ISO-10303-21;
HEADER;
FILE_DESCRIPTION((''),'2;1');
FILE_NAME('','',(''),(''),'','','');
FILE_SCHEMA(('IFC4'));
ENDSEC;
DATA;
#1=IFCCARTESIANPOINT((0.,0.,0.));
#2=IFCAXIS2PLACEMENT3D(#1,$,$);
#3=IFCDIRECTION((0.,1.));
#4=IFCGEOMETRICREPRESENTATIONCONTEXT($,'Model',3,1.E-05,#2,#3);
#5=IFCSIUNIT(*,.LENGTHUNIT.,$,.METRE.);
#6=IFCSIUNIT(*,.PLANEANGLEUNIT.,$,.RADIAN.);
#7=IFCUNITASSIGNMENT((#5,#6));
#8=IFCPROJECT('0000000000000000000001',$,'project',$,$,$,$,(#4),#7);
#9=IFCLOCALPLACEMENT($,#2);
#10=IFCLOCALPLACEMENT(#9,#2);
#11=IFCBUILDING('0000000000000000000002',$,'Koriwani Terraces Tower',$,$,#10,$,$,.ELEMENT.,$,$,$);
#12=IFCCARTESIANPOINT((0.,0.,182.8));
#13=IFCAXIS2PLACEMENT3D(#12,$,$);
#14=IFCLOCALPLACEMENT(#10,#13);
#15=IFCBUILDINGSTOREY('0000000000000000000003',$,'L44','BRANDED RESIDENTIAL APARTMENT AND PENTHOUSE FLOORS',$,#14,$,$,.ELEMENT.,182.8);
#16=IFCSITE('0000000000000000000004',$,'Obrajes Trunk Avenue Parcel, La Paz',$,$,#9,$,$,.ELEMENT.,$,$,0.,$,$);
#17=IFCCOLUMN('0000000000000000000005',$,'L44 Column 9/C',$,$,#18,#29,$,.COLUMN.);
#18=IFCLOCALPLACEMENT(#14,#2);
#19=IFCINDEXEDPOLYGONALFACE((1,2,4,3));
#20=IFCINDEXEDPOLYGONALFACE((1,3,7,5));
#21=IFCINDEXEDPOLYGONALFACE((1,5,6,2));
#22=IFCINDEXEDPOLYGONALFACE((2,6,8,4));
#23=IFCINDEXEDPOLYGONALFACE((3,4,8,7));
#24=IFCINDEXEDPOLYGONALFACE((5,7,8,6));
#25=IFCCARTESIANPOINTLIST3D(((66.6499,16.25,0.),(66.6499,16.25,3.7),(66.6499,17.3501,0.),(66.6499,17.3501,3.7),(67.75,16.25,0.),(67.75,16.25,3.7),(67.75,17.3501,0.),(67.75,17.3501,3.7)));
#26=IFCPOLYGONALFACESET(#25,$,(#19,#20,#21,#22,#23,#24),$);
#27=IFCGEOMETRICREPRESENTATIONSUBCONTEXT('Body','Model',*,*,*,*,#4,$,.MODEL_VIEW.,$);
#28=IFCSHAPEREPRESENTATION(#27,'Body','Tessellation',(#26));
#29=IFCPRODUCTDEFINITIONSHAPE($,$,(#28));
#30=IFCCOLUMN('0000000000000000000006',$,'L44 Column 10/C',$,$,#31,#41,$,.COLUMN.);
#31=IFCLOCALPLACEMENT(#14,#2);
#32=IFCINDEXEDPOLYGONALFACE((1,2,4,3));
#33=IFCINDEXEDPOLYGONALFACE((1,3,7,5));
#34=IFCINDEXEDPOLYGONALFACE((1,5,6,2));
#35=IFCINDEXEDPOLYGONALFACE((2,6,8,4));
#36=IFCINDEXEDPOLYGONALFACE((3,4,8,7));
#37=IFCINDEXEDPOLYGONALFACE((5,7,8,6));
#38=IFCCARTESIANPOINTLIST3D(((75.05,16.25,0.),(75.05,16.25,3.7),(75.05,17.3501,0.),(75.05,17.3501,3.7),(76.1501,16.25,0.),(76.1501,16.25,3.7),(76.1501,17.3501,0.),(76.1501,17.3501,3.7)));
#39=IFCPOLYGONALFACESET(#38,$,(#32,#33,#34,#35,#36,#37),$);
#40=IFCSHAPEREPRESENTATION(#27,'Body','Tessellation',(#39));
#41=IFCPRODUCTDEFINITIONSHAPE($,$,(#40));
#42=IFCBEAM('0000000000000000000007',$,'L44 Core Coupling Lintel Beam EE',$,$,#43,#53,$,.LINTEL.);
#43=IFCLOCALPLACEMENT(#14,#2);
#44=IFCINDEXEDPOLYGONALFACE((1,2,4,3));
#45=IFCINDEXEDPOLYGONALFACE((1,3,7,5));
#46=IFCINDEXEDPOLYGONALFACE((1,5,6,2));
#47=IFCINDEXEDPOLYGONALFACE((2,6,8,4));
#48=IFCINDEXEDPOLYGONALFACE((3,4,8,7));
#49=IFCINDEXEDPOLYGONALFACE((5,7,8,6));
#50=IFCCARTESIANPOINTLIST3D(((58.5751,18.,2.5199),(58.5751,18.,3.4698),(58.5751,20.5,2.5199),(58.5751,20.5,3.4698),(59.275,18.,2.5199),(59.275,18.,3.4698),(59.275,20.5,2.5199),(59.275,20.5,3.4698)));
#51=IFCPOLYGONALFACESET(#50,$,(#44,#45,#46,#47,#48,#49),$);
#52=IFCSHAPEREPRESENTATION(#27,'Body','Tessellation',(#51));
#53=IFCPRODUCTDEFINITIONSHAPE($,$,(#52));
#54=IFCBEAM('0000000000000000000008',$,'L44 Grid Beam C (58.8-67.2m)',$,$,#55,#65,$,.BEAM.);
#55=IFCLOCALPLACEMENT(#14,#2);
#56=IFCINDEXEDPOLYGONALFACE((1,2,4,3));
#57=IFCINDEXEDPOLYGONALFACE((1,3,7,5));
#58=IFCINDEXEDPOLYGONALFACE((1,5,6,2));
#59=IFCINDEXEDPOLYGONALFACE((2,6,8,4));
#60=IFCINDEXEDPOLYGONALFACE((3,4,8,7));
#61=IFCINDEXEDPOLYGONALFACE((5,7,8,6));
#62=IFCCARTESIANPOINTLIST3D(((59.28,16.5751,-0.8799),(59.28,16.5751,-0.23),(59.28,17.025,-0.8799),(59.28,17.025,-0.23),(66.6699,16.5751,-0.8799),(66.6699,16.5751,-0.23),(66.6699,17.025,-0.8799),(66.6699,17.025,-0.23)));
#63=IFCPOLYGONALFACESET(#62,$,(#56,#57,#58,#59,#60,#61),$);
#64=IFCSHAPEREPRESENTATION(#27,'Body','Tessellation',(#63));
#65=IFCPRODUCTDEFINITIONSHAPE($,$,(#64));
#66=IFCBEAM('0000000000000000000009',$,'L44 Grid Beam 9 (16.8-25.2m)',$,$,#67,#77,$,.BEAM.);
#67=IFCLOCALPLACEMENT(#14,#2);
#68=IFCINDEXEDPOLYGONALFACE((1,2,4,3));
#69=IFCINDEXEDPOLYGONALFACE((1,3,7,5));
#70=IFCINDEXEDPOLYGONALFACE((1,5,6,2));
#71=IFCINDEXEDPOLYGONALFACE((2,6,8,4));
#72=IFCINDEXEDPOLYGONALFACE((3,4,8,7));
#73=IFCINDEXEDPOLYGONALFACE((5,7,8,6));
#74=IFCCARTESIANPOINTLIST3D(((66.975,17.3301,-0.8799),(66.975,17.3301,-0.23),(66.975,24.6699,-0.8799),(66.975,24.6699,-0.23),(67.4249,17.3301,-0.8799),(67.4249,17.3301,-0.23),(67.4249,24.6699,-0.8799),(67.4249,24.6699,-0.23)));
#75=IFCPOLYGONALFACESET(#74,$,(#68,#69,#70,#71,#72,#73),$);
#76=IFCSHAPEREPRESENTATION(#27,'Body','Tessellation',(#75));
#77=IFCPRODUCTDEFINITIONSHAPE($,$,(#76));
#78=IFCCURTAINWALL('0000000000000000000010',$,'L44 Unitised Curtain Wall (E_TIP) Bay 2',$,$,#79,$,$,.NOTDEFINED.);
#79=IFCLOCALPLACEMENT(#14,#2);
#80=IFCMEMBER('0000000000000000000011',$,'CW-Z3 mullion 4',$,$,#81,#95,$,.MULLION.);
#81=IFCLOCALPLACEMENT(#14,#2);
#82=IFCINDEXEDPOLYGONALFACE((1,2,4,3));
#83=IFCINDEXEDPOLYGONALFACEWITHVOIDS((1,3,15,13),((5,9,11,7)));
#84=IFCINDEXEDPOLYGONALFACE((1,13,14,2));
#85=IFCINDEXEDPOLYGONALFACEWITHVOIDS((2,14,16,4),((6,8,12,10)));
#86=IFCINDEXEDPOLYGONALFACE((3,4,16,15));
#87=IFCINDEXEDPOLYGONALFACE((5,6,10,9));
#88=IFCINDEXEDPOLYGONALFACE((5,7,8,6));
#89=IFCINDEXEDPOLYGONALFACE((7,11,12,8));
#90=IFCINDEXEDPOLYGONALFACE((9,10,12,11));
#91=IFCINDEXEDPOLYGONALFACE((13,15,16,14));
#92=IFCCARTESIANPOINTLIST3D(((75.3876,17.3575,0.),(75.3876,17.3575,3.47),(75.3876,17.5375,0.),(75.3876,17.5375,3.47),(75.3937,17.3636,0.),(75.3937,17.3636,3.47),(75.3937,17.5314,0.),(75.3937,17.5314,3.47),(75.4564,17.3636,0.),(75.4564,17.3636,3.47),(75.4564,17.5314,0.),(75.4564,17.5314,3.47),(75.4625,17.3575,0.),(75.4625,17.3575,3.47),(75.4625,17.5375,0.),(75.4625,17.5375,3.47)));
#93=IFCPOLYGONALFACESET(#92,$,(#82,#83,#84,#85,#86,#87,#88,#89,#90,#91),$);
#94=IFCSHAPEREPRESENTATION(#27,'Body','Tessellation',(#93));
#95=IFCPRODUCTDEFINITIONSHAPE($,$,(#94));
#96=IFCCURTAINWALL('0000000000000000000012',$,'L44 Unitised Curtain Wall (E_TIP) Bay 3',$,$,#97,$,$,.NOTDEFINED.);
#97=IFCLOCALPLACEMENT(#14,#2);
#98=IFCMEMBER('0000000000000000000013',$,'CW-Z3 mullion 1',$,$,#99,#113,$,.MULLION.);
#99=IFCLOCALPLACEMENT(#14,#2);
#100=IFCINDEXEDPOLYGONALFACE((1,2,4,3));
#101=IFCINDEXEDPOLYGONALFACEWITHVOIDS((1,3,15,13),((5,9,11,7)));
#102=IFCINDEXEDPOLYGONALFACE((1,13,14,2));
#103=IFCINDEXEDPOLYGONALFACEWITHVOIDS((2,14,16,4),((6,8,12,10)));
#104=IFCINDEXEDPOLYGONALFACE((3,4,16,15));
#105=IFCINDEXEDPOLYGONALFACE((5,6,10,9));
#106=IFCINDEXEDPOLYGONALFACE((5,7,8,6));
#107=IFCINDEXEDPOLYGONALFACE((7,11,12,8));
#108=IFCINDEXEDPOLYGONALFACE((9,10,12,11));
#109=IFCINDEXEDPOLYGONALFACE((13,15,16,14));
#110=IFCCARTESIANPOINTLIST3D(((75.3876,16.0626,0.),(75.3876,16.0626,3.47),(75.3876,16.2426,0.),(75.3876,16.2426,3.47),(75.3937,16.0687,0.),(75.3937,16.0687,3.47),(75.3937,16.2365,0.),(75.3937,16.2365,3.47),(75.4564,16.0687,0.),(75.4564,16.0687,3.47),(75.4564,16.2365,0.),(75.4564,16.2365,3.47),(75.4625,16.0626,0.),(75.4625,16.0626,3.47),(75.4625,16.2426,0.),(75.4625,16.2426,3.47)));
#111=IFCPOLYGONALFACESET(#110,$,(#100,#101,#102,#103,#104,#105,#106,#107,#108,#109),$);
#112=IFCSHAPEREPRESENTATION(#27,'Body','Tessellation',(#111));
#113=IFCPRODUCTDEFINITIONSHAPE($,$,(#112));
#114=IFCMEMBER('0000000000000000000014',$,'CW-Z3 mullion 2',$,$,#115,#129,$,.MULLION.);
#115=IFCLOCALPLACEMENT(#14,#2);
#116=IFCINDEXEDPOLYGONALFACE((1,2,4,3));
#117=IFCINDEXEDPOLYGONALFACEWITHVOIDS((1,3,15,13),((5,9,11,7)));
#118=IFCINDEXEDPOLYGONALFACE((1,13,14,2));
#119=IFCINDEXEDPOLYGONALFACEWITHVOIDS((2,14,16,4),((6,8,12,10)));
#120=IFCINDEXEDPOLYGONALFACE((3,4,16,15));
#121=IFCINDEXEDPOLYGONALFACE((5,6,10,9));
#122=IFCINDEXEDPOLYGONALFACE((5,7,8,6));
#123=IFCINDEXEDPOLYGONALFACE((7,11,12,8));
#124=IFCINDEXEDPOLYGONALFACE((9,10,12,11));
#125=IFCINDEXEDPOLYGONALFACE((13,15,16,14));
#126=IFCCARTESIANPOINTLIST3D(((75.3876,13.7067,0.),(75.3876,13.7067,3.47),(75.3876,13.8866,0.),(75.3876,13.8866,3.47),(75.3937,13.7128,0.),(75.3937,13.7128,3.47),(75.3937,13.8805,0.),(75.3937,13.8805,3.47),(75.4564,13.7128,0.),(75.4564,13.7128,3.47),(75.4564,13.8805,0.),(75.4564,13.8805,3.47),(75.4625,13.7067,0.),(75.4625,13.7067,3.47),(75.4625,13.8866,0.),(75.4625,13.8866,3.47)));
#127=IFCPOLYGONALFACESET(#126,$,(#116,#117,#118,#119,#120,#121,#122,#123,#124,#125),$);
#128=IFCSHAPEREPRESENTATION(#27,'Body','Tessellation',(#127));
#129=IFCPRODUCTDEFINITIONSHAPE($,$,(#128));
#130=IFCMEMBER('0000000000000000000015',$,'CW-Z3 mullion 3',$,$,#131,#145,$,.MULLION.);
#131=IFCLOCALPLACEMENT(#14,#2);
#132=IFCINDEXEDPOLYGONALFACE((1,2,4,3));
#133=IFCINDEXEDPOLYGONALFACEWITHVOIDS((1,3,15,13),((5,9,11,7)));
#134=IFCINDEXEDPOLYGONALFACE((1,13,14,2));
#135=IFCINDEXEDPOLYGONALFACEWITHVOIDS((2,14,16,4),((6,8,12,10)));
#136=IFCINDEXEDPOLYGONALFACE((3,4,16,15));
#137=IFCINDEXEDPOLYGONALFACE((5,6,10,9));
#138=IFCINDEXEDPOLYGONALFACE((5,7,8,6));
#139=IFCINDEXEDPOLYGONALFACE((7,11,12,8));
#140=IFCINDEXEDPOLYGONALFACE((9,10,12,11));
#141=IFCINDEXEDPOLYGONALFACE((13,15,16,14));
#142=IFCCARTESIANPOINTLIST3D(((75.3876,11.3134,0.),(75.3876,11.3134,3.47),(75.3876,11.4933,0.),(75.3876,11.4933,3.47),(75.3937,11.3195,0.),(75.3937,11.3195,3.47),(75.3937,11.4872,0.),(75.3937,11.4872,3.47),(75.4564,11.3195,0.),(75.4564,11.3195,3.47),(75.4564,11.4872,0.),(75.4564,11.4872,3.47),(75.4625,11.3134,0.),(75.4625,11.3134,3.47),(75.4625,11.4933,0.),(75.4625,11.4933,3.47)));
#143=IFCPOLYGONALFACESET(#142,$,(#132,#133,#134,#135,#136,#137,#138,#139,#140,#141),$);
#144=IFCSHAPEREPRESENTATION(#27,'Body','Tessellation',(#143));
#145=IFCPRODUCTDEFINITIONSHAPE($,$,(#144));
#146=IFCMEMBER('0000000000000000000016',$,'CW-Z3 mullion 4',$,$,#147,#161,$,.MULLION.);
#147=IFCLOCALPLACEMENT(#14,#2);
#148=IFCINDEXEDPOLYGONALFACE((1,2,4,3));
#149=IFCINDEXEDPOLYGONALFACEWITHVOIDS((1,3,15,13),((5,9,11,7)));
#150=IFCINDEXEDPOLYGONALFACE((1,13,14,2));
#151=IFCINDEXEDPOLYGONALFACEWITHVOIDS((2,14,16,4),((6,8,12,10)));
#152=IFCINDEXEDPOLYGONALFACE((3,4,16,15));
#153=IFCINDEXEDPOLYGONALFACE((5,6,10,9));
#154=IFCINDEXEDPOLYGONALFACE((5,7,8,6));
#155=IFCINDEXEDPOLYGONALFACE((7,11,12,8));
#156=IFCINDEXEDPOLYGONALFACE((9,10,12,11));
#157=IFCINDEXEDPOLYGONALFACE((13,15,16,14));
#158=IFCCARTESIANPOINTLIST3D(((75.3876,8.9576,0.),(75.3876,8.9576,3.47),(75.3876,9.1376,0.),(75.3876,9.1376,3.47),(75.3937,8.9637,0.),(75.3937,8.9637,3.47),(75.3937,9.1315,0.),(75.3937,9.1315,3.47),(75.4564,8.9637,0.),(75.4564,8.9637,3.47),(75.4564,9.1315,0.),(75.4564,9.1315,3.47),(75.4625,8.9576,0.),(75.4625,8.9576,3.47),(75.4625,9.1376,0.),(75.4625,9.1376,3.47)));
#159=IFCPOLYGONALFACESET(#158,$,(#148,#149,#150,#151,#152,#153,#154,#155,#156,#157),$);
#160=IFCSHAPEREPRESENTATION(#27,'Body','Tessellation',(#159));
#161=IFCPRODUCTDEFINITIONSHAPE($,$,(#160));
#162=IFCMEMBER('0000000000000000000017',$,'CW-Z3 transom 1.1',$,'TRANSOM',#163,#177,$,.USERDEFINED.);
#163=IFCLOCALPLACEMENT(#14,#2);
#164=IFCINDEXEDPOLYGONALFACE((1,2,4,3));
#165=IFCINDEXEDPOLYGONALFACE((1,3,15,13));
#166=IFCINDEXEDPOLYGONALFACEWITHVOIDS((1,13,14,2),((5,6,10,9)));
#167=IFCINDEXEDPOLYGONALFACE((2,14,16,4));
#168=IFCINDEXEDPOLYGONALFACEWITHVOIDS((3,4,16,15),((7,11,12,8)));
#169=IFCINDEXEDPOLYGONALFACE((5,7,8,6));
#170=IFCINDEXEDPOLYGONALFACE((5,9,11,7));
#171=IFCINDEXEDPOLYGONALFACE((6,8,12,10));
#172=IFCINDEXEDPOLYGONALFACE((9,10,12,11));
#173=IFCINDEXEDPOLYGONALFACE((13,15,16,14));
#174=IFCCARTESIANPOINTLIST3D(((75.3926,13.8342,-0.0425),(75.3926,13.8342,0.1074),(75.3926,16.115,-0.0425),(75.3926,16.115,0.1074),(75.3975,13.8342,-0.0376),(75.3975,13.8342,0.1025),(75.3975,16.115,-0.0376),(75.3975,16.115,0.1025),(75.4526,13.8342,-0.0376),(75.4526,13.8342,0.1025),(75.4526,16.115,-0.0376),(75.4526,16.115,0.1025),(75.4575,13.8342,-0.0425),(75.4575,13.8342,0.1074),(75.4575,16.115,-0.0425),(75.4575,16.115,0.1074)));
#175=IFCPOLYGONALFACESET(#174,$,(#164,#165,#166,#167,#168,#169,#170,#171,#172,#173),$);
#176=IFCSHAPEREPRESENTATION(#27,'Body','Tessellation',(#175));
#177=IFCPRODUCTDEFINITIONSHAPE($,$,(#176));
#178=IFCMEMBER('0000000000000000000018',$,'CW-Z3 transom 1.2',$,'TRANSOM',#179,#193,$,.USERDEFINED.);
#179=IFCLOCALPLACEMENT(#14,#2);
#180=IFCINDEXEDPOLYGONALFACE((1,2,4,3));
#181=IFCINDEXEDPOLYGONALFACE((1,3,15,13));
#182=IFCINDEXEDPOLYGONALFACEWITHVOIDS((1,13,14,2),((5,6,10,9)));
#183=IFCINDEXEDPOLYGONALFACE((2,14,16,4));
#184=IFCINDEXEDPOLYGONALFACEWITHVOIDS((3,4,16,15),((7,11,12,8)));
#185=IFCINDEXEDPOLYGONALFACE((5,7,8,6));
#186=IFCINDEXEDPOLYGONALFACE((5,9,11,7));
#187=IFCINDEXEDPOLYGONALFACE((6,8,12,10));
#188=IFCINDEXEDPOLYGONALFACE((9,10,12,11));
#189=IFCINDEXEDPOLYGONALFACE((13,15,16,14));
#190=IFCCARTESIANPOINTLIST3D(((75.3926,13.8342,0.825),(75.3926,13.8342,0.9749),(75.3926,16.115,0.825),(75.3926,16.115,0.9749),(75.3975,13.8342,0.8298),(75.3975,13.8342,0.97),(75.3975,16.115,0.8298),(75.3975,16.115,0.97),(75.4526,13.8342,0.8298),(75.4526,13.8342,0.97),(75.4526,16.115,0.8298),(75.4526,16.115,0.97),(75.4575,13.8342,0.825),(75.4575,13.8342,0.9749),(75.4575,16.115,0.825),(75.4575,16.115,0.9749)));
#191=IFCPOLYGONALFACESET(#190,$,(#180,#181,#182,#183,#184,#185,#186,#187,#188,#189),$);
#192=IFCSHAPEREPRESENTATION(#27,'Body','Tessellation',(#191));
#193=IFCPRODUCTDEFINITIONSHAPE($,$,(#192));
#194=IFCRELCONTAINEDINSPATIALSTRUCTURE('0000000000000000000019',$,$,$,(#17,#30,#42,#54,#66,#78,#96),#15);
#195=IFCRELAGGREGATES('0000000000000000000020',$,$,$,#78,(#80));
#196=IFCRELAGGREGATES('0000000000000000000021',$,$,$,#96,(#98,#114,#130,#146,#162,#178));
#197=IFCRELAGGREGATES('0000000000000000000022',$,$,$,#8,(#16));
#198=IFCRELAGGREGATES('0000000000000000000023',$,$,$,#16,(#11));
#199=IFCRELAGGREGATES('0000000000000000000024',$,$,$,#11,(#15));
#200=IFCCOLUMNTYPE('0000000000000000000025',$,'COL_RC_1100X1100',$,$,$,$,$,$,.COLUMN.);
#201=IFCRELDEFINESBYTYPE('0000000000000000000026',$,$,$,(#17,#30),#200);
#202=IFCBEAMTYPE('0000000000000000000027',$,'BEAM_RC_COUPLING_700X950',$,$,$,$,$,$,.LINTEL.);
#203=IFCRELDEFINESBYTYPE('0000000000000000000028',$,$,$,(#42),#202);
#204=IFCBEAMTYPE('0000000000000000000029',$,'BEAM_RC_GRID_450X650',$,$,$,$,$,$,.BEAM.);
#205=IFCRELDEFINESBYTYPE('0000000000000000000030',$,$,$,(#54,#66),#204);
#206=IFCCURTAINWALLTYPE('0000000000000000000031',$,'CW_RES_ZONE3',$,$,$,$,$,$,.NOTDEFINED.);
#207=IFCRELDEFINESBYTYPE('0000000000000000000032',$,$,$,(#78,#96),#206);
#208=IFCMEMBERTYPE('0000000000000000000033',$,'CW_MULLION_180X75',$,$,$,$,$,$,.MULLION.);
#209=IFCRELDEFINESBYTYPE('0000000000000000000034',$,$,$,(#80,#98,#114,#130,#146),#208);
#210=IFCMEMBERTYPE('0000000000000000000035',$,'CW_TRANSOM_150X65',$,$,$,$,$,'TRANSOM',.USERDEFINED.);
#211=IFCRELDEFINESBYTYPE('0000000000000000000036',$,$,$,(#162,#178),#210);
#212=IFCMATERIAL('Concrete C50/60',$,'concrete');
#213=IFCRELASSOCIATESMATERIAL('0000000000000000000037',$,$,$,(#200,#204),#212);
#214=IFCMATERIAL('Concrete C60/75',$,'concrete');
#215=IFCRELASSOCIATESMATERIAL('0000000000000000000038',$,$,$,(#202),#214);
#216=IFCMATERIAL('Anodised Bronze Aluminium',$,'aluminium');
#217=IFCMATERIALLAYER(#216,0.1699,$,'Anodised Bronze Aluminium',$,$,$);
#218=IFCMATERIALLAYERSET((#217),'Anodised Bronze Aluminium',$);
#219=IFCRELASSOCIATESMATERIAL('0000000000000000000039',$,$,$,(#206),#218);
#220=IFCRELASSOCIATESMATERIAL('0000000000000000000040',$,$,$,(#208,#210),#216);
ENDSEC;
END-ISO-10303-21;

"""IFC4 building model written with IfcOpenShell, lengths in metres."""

from ifc_helpers import new_model, si_unit, direction, frame, origin, origin_2d, place, context, subcontext, project, spatial, rectangle, hollow_rectangle, extrude, material, layer, layer_set, material_profile, profile_set, type_object, element, aggregate, save


model = new_model("IFC4")

# Units and contexts
model_context = context("Model", 3, precision=1e-05, world=origin(), true_north=direction((0.0, 1.0)))
body_context = subcontext(model_context, "Body", "Model", "MODEL_VIEW")
ifc_project = project(units=[si_unit("LENGTHUNIT", "METRE"), si_unit("PLANEANGLEUNIT", "RADIAN")], contexts=[model_context])

# Site, building, storey
site_placement = place(None, origin())
site = spatial("IfcSite", under=ifc_project, at=site_placement, Name="Obrajes Trunk Avenue Parcel, La Paz", CompositionType="ELEMENT", RefElevation=0.0)
building_placement = place(site_placement, origin())
building = spatial("IfcBuilding", under=site, at=building_placement, Name="Koriwani Terraces Tower", CompositionType="ELEMENT")
storey_placement = place(building_placement, frame((0.0, 0.0, 182.8)))
storey = spatial("IfcBuildingStorey", under=building, at=storey_placement, Name="L44", Description="BRANDED RESIDENTIAL APARTMENT AND PENTHOUSE FLOORS", CompositionType="ELEMENT", Elevation=182.8)

# Columns
ifc_material_1 = material(Name="Concrete C50/60", Category="concrete")
ifc_material_profile_1 = material_profile(ifc_material_1, rectangle(XDim=1.1001, YDim=1.1001, at=origin_2d()), Name="Concrete C50/60", Category="LoadBearing")
ifc_profile_set_1 = profile_set([ifc_material_profile_1], Name="Concrete C50/60")
column_type = type_object("IfcColumnType", Name="COL_RC_1100X1100", PredefinedType="COLUMN", material=ifc_profile_set_1)
for number, where, z_axis, x_axis, name in (
    (1, (67.2, 16.8, 0.0), (0.0, 0.0, 1.0), (1.0, 0.0, 0.0), "L44 Column 9/C"),
    (2, (75.6001, 16.8, 0.0), (0.0, 0.0, 1.0), (1.0, 0.0, 0.0), "L44 Column 10/C"),
):
    element("IfcColumn", number, at=place(storey_placement, frame(where, z_axis=z_axis, x_axis=x_axis)), inside=storey, type_object=column_type, Name=name, PredefinedType="COLUMN", context=body_context, shape_type="SweptSolid", body=[
        extrude(rectangle(XDim=1.1001, YDim=1.1001, at=origin_2d()), origin(), (0.0, 0.0, 1.0), 3.7),
    ])

# Beams
ifc_material_2 = material(Name="Concrete C60/75", Category="concrete")
ifc_material_profile_2 = material_profile(ifc_material_2, rectangle(XDim=0.7, YDim=0.95, at=origin_2d()), Name="Concrete C60/75", Category="LoadBearing")
ifc_profile_set_2 = profile_set([ifc_material_profile_2], Name="Concrete C60/75")
beam_type_1 = type_object("IfcBeamType", Name="BEAM_RC_COUPLING_700X950", PredefinedType="LINTEL", material=ifc_profile_set_2)
beam_1_placement = place(storey_placement, frame((58.925, 18.0, 2.9949), z_axis=(0.0, 1.0, 0.0), x_axis=(-1.0, 0.0, 0.0)))
element("IfcBeam", 3, at=beam_1_placement, inside=storey, type_object=beam_type_1, Name="L44 Core Coupling Lintel Beam EE", PredefinedType="LINTEL", context=body_context, shape_type="SweptSolid", body=[
    extrude(rectangle(XDim=0.7, YDim=0.95, at=origin_2d()), origin(), (0.0, 0.0, 1.0), 2.5),
])
ifc_material_profile_3 = material_profile(ifc_material_1, rectangle(XDim=0.45, YDim=0.6499, at=origin_2d()), Name="Concrete C50/60", Category="LoadBearing")
ifc_profile_set_3 = profile_set([ifc_material_profile_3], Name="Concrete C50/60")
beam_type_2 = type_object("IfcBeamType", Name="BEAM_RC_GRID_450X650", PredefinedType="BEAM", material=ifc_profile_set_3)
beam_2_placement = place(storey_placement, frame((59.28, 16.8, -0.5549), z_axis=(1.0, 0.0, 0.0), x_axis=(0.0, 1.0, 0.0)))
element("IfcBeam", 4, at=beam_2_placement, inside=storey, type_object=beam_type_2, Name="L44 Grid Beam C (58.8-67.2m)", PredefinedType="BEAM", context=body_context, shape_type="SweptSolid", body=[
    extrude(rectangle(XDim=0.45, YDim=0.6499, at=origin_2d()), origin(), (0.0, 0.0, 1.0), 7.3899),
])
beam_3_placement = place(storey_placement, frame((67.2, 17.3301, -0.5549), z_axis=(0.0, 1.0, 0.0), x_axis=(-1.0, 0.0, 0.0)))
element("IfcBeam", 5, at=beam_3_placement, inside=storey, type_object=beam_type_2, Name="L44 Grid Beam 9 (16.8-25.2m)", PredefinedType="BEAM", context=body_context, shape_type="SweptSolid", body=[
    extrude(rectangle(XDim=0.45, YDim=0.6499, at=origin_2d()), origin(), (0.0, 0.0, 1.0), 7.3398),
])

# Curtain wall, member
ifc_material_3 = material(Name="Anodised Bronze Aluminium", Category="aluminium")
ifc_layer_1 = layer(ifc_material_3, 0.1699, Name="Anodised Bronze Aluminium")
ifc_layer_set_1 = layer_set([ifc_layer_1], Name="Anodised Bronze Aluminium")
curtain_wall_type = type_object("IfcCurtainWallType", Name="CW_RES_ZONE3", PredefinedType="NOTDEFINED", material=ifc_layer_set_1)
curtain_wall_1_placement = place(storey_placement, origin())
curtain_wall_1 = element("IfcCurtainWall", 6, at=curtain_wall_1_placement, inside=storey, type_object=curtain_wall_type, Name="L44 Unitised Curtain Wall (E_TIP) Bay 2", PredefinedType="NOTDEFINED")
ifc_material_profile_4 = material_profile(ifc_material_3, hollow_rectangle(XDim=0.075, YDim=0.1799, WallThickness=0.0061, at=origin_2d()), Name="Anodised Bronze Aluminium", Category="LoadBearing")
ifc_profile_set_4 = profile_set([ifc_material_profile_4], Name="Anodised Bronze Aluminium")
member_type_1 = type_object("IfcMemberType", Name="CW_MULLION_180X75", PredefinedType="MULLION", material=ifc_profile_set_4)
member_1_placement = place(storey_placement, frame((75.425, 17.4475, 0.0), z_axis=(0.0, 0.0, 1.0), x_axis=(1.0, 0.0, 0.0)))
member_1 = element("IfcMember", 7, at=member_1_placement, type_object=member_type_1, Name="CW-Z3 mullion 4", PredefinedType="MULLION", context=body_context, shape_type="SweptSolid", body=[
    extrude(hollow_rectangle(XDim=0.075, YDim=0.1799, WallThickness=0.0061, at=origin_2d()), origin(), (0.0, 0.0, 1.0), 3.47),
])

# Curtain wall, members
curtain_wall_2_placement = place(storey_placement, origin())
curtain_wall_2 = element("IfcCurtainWall", 8, at=curtain_wall_2_placement, inside=storey, type_object=curtain_wall_type, Name="L44 Unitised Curtain Wall (E_TIP) Bay 3", PredefinedType="NOTDEFINED")
member_2_placement = place(storey_placement, frame((75.425, 16.1526, 0.0), z_axis=(0.0, 0.0, 1.0), x_axis=(1.0, 0.0, 0.0)))
member_2 = element("IfcMember", 9, at=member_2_placement, type_object=member_type_1, Name="CW-Z3 mullion 1", PredefinedType="MULLION", context=body_context, shape_type="SweptSolid", body=[
    extrude(hollow_rectangle(XDim=0.075, YDim=0.1799, WallThickness=0.0061, at=origin_2d()), origin(), (0.0, 0.0, 1.0), 3.47),
])
member_3_placement = place(storey_placement, frame((75.425, 13.7966, 0.0), z_axis=(0.0, 0.0, 1.0), x_axis=(1.0, 0.0, 0.0)))
member_3 = element("IfcMember", 10, at=member_3_placement, type_object=member_type_1, Name="CW-Z3 mullion 2", PredefinedType="MULLION", context=body_context, shape_type="SweptSolid", body=[
    extrude(hollow_rectangle(XDim=0.075, YDim=0.1799, WallThickness=0.0061, at=origin_2d()), origin(), (0.0, 0.0, 1.0), 3.47),
])
member_4_placement = place(storey_placement, frame((75.425, 11.4033, 0.0), z_axis=(0.0, 0.0, 1.0), x_axis=(1.0, 0.0, 0.0)))
member_4 = element("IfcMember", 11, at=member_4_placement, type_object=member_type_1, Name="CW-Z3 mullion 3", PredefinedType="MULLION", context=body_context, shape_type="SweptSolid", body=[
    extrude(hollow_rectangle(XDim=0.075, YDim=0.1799, WallThickness=0.0061, at=origin_2d()), origin(), (0.0, 0.0, 1.0), 3.47),
])
member_5_placement = place(storey_placement, frame((75.425, 9.0476, 0.0), z_axis=(0.0, 0.0, 1.0), x_axis=(1.0, 0.0, 0.0)))
member_5 = element("IfcMember", 12, at=member_5_placement, type_object=member_type_1, Name="CW-Z3 mullion 4", PredefinedType="MULLION", context=body_context, shape_type="SweptSolid", body=[
    extrude(hollow_rectangle(XDim=0.075, YDim=0.1799, WallThickness=0.0061, at=origin_2d()), origin(), (0.0, 0.0, 1.0), 3.47),
])
ifc_material_profile_5 = material_profile(ifc_material_3, hollow_rectangle(XDim=0.0649, YDim=0.1499, WallThickness=0.0049, at=origin_2d()), Name="Anodised Bronze Aluminium", Category="LoadBearing")
ifc_profile_set_5 = profile_set([ifc_material_profile_5], Name="Anodised Bronze Aluminium")
member_type_2 = type_object("IfcMemberType", Name="CW_TRANSOM_150X65", ElementType="TRANSOM", PredefinedType="USERDEFINED", material=ifc_profile_set_5)
member_6_placement = place(storey_placement, frame((75.425, 16.115, 0.0325), z_axis=(0.0, -1.0, 0.0), x_axis=(1.0, 0.0, 0.0)))
member_6 = element("IfcMember", 13, at=member_6_placement, type_object=member_type_2, Name="CW-Z3 transom 1.1", ObjectType="TRANSOM", PredefinedType="USERDEFINED", context=body_context, shape_type="SweptSolid", body=[
    extrude(hollow_rectangle(XDim=0.0649, YDim=0.1499, WallThickness=0.0049, at=origin_2d()), origin(), (0.0, 0.0, 1.0), 2.2808),
])
member_7_placement = place(storey_placement, frame((75.425, 16.115, 0.8999), z_axis=(0.0, -1.0, 0.0), x_axis=(1.0, 0.0, 0.0)))
member_7 = element("IfcMember", 14, at=member_7_placement, type_object=member_type_2, Name="CW-Z3 transom 1.2", ObjectType="TRANSOM", PredefinedType="USERDEFINED", context=body_context, shape_type="SweptSolid", body=[
    extrude(hollow_rectangle(XDim=0.0649, YDim=0.1499, WallThickness=0.0049, at=origin_2d()), origin(), (0.0, 0.0, 1.0), 2.2808),
])

aggregate(curtain_wall_1, [member_1])
aggregate(curtain_wall_2, [member_2, member_3, member_4, member_5, member_6, member_7])

save(model, "model.ifc")
